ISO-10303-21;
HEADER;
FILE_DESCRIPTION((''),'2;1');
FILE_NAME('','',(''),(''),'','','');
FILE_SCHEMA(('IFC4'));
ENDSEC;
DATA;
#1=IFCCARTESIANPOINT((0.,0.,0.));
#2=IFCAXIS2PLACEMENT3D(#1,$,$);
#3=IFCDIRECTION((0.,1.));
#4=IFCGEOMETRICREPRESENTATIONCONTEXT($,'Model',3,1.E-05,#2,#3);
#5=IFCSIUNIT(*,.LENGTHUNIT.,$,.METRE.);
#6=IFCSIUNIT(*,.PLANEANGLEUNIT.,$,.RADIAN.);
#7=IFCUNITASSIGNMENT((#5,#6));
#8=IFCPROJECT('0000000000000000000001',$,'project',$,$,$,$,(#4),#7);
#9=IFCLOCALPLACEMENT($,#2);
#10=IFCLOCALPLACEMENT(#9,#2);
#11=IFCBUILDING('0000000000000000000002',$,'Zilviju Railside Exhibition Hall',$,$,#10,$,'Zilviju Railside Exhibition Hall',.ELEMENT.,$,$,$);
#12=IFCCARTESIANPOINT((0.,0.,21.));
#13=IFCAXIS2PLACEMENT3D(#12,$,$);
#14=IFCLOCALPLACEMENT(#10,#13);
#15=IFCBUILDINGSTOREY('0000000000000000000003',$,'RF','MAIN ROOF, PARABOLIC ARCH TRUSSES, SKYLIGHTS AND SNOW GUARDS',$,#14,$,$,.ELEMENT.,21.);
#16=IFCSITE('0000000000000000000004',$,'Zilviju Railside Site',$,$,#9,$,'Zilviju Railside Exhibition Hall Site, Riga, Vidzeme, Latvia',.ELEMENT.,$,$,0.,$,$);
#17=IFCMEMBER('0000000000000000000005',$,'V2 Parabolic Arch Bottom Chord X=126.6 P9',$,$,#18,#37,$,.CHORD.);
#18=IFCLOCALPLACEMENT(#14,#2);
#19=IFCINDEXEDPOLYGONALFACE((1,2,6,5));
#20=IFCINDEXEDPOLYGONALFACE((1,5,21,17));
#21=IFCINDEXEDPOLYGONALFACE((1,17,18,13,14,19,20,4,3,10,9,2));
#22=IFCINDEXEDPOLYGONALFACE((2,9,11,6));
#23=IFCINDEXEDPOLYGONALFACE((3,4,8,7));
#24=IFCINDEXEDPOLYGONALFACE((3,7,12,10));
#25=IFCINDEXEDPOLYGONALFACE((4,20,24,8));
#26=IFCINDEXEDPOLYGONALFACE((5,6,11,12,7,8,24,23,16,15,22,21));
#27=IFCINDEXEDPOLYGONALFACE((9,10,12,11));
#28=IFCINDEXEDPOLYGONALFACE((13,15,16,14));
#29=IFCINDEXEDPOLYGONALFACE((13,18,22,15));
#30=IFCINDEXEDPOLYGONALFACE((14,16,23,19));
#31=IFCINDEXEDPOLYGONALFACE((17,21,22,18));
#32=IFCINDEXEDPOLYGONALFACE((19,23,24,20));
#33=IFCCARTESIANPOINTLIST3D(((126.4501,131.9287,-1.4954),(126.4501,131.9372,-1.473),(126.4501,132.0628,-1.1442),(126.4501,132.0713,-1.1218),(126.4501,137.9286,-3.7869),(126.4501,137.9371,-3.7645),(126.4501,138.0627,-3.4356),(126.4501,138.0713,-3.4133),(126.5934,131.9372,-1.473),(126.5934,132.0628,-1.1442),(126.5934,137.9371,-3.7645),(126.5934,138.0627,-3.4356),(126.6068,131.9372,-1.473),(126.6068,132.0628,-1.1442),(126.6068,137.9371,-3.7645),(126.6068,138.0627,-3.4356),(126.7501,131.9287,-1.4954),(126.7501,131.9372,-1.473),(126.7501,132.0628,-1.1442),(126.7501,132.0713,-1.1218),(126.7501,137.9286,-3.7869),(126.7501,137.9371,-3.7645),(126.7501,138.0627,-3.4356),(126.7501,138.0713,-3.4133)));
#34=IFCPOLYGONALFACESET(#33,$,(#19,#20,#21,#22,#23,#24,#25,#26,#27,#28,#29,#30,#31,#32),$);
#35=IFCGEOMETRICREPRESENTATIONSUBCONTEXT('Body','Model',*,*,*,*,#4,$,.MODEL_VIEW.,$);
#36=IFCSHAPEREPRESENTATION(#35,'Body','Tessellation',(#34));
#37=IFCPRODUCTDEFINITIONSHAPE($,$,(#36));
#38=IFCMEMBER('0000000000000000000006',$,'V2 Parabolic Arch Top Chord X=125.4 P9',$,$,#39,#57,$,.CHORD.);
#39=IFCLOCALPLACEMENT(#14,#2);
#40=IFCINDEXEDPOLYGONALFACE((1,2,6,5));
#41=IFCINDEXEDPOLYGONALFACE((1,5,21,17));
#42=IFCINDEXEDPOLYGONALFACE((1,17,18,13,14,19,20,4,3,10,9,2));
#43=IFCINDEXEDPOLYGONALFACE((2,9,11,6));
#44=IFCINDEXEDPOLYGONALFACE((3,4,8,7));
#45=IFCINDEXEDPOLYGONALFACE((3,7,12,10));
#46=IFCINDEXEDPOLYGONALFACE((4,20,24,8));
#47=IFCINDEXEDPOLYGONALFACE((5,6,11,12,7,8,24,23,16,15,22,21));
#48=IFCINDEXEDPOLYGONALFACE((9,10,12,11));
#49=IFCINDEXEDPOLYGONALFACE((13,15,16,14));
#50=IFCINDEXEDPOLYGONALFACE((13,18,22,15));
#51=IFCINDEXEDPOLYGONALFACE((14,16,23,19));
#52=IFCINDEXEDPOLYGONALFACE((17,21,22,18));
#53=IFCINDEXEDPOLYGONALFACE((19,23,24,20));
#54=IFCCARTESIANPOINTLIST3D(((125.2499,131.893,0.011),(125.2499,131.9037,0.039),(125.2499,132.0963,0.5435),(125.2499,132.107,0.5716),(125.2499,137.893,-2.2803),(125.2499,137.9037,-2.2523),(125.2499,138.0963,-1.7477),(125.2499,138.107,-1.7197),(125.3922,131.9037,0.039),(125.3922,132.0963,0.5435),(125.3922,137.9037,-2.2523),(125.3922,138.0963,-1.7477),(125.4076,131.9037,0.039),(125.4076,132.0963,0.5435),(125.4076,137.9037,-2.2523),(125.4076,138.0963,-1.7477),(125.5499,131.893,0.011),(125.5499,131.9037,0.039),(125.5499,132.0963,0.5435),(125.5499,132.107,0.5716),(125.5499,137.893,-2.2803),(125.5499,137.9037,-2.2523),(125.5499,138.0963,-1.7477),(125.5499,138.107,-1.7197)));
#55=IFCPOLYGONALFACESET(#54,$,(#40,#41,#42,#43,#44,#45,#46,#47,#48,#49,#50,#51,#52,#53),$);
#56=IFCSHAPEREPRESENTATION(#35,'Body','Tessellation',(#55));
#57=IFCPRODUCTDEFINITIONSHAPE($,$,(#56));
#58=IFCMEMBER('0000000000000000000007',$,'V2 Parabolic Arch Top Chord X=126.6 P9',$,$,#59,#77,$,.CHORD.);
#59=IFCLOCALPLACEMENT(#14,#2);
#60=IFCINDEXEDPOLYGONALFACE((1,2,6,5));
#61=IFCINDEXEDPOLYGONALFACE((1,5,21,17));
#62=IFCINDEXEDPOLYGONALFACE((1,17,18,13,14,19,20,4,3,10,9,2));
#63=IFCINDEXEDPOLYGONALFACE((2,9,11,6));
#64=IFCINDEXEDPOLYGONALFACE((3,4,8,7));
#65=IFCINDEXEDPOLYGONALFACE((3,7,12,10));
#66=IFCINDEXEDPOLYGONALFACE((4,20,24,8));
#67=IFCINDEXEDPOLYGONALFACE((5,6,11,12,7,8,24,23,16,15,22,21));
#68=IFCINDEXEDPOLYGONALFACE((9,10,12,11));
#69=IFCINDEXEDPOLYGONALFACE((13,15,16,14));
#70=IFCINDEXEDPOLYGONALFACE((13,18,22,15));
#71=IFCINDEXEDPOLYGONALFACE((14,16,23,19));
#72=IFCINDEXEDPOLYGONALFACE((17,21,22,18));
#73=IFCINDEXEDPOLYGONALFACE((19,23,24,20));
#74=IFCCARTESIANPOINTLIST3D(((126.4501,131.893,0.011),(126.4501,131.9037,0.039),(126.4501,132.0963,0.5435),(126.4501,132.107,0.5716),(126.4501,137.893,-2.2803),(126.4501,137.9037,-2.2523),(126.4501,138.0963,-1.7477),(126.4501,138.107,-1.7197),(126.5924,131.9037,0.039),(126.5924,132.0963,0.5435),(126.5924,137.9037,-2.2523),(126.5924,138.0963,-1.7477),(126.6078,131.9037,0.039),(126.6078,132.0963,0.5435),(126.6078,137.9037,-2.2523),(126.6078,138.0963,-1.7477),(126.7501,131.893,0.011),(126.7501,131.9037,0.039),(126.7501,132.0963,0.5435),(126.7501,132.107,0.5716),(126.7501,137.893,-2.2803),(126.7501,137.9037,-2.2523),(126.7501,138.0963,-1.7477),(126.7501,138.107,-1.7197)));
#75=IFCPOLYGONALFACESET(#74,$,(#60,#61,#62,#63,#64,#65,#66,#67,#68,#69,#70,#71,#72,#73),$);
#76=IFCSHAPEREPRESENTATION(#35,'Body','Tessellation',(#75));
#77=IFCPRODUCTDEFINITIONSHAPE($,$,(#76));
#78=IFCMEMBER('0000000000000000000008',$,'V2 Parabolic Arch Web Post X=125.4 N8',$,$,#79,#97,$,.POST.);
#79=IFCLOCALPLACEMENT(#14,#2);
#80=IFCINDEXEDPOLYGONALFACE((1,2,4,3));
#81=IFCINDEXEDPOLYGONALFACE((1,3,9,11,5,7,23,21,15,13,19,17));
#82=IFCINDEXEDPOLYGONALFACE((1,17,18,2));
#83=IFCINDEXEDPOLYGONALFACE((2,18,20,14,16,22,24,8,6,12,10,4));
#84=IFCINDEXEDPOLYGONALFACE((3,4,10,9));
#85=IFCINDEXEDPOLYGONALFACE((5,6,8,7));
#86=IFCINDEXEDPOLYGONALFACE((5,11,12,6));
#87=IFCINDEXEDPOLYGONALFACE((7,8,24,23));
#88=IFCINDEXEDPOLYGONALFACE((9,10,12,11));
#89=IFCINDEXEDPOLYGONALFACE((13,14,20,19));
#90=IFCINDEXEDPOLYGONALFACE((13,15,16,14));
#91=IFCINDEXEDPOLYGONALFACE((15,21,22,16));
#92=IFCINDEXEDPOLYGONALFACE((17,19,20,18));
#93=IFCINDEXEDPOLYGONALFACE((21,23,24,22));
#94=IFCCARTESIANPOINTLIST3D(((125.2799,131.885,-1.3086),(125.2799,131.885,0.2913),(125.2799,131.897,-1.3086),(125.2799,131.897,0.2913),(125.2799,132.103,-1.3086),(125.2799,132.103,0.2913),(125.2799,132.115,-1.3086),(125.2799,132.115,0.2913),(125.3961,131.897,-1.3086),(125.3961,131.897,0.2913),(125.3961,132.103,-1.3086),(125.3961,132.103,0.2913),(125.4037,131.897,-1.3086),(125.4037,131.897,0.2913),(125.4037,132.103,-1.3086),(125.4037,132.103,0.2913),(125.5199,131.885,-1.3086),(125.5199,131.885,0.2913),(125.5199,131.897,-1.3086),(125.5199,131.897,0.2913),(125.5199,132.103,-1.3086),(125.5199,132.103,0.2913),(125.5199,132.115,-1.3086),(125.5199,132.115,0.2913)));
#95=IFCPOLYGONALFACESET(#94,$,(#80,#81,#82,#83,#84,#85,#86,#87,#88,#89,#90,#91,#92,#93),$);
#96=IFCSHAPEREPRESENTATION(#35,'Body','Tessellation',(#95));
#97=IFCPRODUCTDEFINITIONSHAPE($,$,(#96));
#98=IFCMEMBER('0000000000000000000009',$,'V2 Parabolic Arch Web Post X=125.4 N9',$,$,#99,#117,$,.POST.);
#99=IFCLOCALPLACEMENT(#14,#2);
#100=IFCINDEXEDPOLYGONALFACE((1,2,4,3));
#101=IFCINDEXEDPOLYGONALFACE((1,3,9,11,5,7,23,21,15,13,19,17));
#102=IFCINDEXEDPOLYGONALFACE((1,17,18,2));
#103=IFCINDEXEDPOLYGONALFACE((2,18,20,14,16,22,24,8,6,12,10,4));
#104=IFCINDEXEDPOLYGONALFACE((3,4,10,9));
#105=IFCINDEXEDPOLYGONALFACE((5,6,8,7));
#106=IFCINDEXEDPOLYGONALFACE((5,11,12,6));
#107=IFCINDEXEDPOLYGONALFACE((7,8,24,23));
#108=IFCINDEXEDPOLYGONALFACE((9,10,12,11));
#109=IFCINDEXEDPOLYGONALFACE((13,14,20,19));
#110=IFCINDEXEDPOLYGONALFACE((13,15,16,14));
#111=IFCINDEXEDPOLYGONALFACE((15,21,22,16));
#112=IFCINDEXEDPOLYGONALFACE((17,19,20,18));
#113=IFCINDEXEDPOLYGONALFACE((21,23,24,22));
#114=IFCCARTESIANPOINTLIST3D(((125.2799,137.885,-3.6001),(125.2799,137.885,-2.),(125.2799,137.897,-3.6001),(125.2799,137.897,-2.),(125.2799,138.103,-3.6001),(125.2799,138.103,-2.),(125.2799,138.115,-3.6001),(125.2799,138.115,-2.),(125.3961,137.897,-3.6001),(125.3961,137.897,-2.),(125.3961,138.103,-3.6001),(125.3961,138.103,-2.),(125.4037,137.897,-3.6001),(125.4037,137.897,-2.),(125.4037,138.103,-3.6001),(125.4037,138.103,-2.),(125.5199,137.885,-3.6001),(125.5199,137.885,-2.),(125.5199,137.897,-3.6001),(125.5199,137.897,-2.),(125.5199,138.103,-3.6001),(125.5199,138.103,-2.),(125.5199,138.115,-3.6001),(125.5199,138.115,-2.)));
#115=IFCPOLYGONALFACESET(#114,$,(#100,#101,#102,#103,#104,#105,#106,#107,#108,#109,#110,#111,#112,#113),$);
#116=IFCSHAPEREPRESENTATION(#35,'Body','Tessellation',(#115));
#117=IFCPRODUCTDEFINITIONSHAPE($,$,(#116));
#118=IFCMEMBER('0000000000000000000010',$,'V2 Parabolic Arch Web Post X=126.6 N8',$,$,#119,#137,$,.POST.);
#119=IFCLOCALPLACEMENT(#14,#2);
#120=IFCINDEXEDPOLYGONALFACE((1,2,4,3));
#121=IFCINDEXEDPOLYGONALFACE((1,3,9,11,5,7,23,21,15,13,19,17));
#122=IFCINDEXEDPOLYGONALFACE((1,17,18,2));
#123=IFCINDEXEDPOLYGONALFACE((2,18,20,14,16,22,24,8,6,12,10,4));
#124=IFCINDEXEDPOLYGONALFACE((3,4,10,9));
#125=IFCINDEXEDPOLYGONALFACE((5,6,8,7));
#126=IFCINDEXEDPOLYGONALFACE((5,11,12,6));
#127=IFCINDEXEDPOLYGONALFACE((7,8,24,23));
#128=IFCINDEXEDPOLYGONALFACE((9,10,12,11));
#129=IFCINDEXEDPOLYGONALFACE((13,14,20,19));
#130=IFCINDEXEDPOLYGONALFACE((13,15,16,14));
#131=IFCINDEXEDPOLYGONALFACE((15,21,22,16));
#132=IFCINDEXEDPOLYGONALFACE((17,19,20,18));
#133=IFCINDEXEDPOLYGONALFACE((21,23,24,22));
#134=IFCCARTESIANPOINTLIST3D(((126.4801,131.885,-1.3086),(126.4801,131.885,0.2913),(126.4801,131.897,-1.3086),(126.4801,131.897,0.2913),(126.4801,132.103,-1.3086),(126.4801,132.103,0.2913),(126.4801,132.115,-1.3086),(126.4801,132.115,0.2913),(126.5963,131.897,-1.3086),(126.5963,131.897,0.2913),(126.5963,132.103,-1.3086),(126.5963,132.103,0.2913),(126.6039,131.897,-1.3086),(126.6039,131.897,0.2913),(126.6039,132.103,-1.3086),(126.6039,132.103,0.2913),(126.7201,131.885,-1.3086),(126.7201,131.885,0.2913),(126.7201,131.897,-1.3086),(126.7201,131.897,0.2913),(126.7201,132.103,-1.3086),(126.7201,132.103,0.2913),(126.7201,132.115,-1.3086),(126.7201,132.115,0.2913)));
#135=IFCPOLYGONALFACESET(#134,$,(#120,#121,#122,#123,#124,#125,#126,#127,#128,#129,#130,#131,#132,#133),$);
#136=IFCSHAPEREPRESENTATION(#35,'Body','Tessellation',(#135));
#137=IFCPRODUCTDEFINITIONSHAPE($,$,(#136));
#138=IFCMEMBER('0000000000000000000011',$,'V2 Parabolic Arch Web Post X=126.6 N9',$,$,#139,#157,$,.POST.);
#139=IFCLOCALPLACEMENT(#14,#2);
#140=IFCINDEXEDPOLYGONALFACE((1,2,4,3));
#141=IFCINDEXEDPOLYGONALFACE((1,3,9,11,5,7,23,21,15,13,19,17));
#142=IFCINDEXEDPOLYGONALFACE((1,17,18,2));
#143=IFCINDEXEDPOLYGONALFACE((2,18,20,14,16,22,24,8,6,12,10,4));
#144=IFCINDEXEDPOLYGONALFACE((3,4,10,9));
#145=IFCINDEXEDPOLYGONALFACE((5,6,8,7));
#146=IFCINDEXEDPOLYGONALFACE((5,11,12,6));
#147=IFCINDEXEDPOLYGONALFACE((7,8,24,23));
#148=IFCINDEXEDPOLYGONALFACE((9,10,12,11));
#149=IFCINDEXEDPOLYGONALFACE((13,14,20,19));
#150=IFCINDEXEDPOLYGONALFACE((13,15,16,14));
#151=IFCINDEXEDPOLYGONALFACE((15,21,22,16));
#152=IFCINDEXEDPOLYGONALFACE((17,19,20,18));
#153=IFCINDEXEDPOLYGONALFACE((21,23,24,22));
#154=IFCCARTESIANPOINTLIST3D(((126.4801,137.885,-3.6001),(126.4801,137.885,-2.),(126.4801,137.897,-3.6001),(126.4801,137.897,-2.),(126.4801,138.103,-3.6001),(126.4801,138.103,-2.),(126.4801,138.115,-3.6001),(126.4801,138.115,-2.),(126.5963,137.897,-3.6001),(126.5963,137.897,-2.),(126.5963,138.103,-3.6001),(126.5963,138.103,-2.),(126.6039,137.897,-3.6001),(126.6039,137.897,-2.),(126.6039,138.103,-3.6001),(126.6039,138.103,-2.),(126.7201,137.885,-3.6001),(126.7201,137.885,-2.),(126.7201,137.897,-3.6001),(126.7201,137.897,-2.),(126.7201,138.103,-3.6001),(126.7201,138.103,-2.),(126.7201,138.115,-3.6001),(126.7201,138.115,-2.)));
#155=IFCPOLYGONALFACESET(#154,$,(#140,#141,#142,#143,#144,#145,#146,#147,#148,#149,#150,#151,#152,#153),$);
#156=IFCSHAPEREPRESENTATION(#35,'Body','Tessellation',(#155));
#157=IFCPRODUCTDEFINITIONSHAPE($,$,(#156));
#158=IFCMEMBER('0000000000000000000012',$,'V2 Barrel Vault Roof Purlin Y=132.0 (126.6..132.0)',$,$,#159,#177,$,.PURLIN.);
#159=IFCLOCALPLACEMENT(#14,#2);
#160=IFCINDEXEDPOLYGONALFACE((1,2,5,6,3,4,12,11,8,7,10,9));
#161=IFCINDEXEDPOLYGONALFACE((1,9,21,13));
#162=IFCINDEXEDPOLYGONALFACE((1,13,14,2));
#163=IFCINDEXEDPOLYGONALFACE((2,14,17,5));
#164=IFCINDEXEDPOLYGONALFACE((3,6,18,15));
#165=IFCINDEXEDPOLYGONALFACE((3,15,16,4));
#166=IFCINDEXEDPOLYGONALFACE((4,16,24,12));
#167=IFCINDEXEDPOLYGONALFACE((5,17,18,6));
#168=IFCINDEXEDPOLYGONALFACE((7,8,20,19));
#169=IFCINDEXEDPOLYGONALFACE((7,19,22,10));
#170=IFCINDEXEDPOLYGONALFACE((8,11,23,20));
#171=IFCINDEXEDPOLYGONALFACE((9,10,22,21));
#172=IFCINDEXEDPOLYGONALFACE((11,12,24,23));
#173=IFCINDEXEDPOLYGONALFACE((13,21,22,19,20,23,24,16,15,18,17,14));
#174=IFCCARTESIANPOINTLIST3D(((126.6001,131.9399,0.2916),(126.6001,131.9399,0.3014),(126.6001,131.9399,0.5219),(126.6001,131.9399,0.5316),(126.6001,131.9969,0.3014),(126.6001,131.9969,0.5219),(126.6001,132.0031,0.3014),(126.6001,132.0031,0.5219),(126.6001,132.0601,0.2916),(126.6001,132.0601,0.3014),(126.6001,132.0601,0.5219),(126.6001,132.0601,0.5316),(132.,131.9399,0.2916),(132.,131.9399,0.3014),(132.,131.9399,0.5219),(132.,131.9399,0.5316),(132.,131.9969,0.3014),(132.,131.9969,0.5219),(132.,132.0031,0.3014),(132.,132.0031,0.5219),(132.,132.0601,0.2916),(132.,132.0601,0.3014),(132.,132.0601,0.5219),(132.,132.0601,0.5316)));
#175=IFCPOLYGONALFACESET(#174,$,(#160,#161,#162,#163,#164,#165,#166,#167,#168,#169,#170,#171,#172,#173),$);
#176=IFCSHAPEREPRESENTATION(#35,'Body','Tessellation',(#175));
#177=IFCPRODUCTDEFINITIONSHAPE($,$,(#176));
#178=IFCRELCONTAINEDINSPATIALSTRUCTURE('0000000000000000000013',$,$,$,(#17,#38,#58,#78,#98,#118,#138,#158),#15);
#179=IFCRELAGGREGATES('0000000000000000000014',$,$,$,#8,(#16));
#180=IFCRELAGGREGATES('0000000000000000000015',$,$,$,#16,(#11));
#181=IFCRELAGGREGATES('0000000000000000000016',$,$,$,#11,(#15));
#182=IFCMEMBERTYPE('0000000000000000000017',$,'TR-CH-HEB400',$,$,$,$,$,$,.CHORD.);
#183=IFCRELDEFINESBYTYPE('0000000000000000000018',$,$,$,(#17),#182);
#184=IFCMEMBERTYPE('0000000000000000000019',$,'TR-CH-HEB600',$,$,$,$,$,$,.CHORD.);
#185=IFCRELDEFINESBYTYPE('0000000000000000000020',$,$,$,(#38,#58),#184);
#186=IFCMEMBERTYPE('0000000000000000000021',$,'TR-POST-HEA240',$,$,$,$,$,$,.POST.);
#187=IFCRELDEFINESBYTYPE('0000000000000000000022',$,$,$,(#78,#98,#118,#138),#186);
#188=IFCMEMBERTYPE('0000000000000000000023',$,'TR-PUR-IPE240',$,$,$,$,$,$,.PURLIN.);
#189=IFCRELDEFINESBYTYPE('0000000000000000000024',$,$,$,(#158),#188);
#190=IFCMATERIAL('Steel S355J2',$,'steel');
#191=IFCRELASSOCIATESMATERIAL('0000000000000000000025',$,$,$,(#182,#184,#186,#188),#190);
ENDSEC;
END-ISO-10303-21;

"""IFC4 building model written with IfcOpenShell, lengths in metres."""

from ifc_helpers import new_model, si_unit, direction, frame, origin, origin_2d, place, context, subcontext, project, spatial, i_section, extrude, material, material_profile, profile_set, type_object, element, save


model = new_model("IFC4")

# Units and contexts
model_context = context("Model", 3, precision=1e-05, world=origin(), true_north=direction((0.0, 1.0)))
body_context = subcontext(model_context, "Body", "Model", "MODEL_VIEW")
ifc_project = project(units=[si_unit("LENGTHUNIT", "METRE"), si_unit("PLANEANGLEUNIT", "RADIAN")], contexts=[model_context])

# Site, building, storey
site_placement = place(None, origin())
site = spatial("IfcSite", under=ifc_project, at=site_placement, Name="Zilviju Railside Site", LongName="Zilviju Railside Exhibition Hall Site, Riga, Vidzeme, Latvia", CompositionType="ELEMENT", RefElevation=0.0)
building_placement = place(site_placement, origin())
building = spatial("IfcBuilding", under=site, at=building_placement, Name="Zilviju Railside Exhibition Hall", LongName="Zilviju Railside Exhibition Hall", CompositionType="ELEMENT")
storey_placement = place(building_placement, frame((0.0, 0.0, 21.0)))
storey = spatial("IfcBuildingStorey", under=building, at=storey_placement, Name="RF", Description="MAIN ROOF, PARABOLIC ARCH TRUSSES, SKYLIGHTS AND SNOW GUARDS", CompositionType="ELEMENT", Elevation=21.0)

# Shared definitions
ifc_material_1 = material(Name="Steel S355J2", Category="steel")

# Members
ifc_material_profile_1 = material_profile(ifc_material_1, i_section(OverallWidth=0.3, OverallDepth=0.3999, WebThickness=0.0134, FlangeThickness=0.0239, at=origin_2d()), Name="HEB 400")
ifc_profile_set_1 = profile_set([ifc_material_profile_1], Name="Steel S355J2")
member_type_1 = type_object("IfcMemberType", Name="TR-CH-HEB400", PredefinedType="CHORD", material=ifc_profile_set_1)
for number, where, z_axis, x_axis, name in (
    (1, (126.6001, 132.0, -1.3086), (0.0, 0.934188, -0.356782), (-1.0, 0.0, 0.0), "V2 Parabolic Arch Bottom Chord X=126.6 P9"),
):
    element("IfcMember", number, at=place(storey_placement, frame(where, z_axis=z_axis, x_axis=x_axis)), inside=storey, type_object=member_type_1, Name=name, PredefinedType="CHORD", context=body_context, shape_type="SweptSolid", body=[
        extrude(i_section(OverallWidth=0.3, OverallDepth=0.3999, WebThickness=0.0134, FlangeThickness=0.0239, at=origin_2d()), origin(), (0.0, 0.0, 1.0), 6.4226),
    ])
ifc_material_profile_2 = material_profile(ifc_material_1, i_section(OverallWidth=0.3, OverallDepth=0.6001, WebThickness=0.0154, FlangeThickness=0.03, at=origin_2d()), Name="HEB 600")
ifc_profile_set_2 = profile_set([ifc_material_profile_2], Name="Steel S355J2")
member_type_2 = type_object("IfcMemberType", Name="TR-CH-HEB600", PredefinedType="CHORD", material=ifc_profile_set_2)
for number, where, z_axis, x_axis, name in (
    (2, (125.3999, 132.0, 0.2913), (0.0, 0.9342, -0.356749), (-1.0, 0.0, 0.0), "V2 Parabolic Arch Top Chord X=125.4 P9"),
    (3, (126.6001, 132.0, 0.2913), (0.0, 0.9342, -0.356749), (-1.0, 0.0, 0.0), "V2 Parabolic Arch Top Chord X=126.6 P9"),
):
    element("IfcMember", number, at=place(storey_placement, frame(where, z_axis=z_axis, x_axis=x_axis)), inside=storey, type_object=member_type_2, Name=name, PredefinedType="CHORD", context=body_context, shape_type="SweptSolid", body=[
        extrude(i_section(OverallWidth=0.3, OverallDepth=0.6001, WebThickness=0.0154, FlangeThickness=0.03, at=origin_2d()), origin(), (0.0, 0.0, 1.0), 6.4226),
    ])
ifc_material_profile_3 = material_profile(ifc_material_1, i_section(OverallWidth=0.24, OverallDepth=0.23, WebThickness=0.0076, FlangeThickness=0.012, at=origin_2d()), Name="HEA 240")
ifc_profile_set_3 = profile_set([ifc_material_profile_3], Name="Steel S355J2")
member_type_3 = type_object("IfcMemberType", Name="TR-POST-HEA240", PredefinedType="POST", material=ifc_profile_set_3)
member_1_placement = place(storey_placement, frame((125.3999, 132.0, -1.3086), z_axis=(0.0, 0.0, 1.0), x_axis=(1.0, 0.0, 0.0)))
element("IfcMember", 4, at=member_1_placement, inside=storey, type_object=member_type_3, Name="V2 Parabolic Arch Web Post X=125.4 N8", PredefinedType="POST", context=body_context, shape_type="SweptSolid", body=[
    extrude(i_section(OverallWidth=0.24, OverallDepth=0.23, WebThickness=0.0076, FlangeThickness=0.012, at=origin_2d()), origin(), (0.0, 0.0, 1.0), 1.5999),
])
member_2_placement = place(storey_placement, frame((125.3999, 138.0, -3.6001), z_axis=(0.0, 0.0, 1.0), x_axis=(1.0, 0.0, 0.0)))
element("IfcMember", 5, at=member_2_placement, inside=storey, type_object=member_type_3, Name="V2 Parabolic Arch Web Post X=125.4 N9", PredefinedType="POST", context=body_context, shape_type="SweptSolid", body=[
    extrude(i_section(OverallWidth=0.24, OverallDepth=0.23, WebThickness=0.0076, FlangeThickness=0.012, at=origin_2d()), origin(), (0.0, 0.0, 1.0), 1.6001),
])
member_3_placement = place(storey_placement, frame((126.6001, 132.0, -1.3086), z_axis=(0.0, 0.0, 1.0), x_axis=(1.0, 0.0, 0.0)))
element("IfcMember", 6, at=member_3_placement, inside=storey, type_object=member_type_3, Name="V2 Parabolic Arch Web Post X=126.6 N8", PredefinedType="POST", context=body_context, shape_type="SweptSolid", body=[
    extrude(i_section(OverallWidth=0.24, OverallDepth=0.23, WebThickness=0.0076, FlangeThickness=0.012, at=origin_2d()), origin(), (0.0, 0.0, 1.0), 1.5999),
])
member_4_placement = place(storey_placement, frame((126.6001, 138.0, -3.6001), z_axis=(0.0, 0.0, 1.0), x_axis=(1.0, 0.0, 0.0)))
element("IfcMember", 7, at=member_4_placement, inside=storey, type_object=member_type_3, Name="V2 Parabolic Arch Web Post X=126.6 N9", PredefinedType="POST", context=body_context, shape_type="SweptSolid", body=[
    extrude(i_section(OverallWidth=0.24, OverallDepth=0.23, WebThickness=0.0076, FlangeThickness=0.012, at=origin_2d()), origin(), (0.0, 0.0, 1.0), 1.6001),
])
ifc_material_profile_4 = material_profile(ifc_material_1, i_section(OverallWidth=0.1201, OverallDepth=0.24, WebThickness=0.0061, FlangeThickness=0.0098, at=origin_2d()), Name="IPE 240")
ifc_profile_set_4 = profile_set([ifc_material_profile_4], Name="Steel S355J2")
member_type_4 = type_object("IfcMemberType", Name="TR-PUR-IPE240", PredefinedType="PURLIN", material=ifc_profile_set_4)
for number, where, z_axis, x_axis, name in (
    (8, (126.6001, 132.0, 0.4116), (1.0, 0.0, 0.0), (0.0, 1.0, 0.0), "V2 Barrel Vault Roof Purlin Y=132.0 (126.6..132.0)"),
):
    element("IfcMember", number, at=place(storey_placement, frame(where, z_axis=z_axis, x_axis=x_axis)), inside=storey, type_object=member_type_4, Name=name, PredefinedType="PURLIN", context=body_context, shape_type="SweptSolid", body=[
        extrude(i_section(OverallWidth=0.1201, OverallDepth=0.24, WebThickness=0.0061, FlangeThickness=0.0098, at=origin_2d()), origin(), (0.0, 0.0, 1.0), 5.3999),
    ])

save(model, "model.ifc")
